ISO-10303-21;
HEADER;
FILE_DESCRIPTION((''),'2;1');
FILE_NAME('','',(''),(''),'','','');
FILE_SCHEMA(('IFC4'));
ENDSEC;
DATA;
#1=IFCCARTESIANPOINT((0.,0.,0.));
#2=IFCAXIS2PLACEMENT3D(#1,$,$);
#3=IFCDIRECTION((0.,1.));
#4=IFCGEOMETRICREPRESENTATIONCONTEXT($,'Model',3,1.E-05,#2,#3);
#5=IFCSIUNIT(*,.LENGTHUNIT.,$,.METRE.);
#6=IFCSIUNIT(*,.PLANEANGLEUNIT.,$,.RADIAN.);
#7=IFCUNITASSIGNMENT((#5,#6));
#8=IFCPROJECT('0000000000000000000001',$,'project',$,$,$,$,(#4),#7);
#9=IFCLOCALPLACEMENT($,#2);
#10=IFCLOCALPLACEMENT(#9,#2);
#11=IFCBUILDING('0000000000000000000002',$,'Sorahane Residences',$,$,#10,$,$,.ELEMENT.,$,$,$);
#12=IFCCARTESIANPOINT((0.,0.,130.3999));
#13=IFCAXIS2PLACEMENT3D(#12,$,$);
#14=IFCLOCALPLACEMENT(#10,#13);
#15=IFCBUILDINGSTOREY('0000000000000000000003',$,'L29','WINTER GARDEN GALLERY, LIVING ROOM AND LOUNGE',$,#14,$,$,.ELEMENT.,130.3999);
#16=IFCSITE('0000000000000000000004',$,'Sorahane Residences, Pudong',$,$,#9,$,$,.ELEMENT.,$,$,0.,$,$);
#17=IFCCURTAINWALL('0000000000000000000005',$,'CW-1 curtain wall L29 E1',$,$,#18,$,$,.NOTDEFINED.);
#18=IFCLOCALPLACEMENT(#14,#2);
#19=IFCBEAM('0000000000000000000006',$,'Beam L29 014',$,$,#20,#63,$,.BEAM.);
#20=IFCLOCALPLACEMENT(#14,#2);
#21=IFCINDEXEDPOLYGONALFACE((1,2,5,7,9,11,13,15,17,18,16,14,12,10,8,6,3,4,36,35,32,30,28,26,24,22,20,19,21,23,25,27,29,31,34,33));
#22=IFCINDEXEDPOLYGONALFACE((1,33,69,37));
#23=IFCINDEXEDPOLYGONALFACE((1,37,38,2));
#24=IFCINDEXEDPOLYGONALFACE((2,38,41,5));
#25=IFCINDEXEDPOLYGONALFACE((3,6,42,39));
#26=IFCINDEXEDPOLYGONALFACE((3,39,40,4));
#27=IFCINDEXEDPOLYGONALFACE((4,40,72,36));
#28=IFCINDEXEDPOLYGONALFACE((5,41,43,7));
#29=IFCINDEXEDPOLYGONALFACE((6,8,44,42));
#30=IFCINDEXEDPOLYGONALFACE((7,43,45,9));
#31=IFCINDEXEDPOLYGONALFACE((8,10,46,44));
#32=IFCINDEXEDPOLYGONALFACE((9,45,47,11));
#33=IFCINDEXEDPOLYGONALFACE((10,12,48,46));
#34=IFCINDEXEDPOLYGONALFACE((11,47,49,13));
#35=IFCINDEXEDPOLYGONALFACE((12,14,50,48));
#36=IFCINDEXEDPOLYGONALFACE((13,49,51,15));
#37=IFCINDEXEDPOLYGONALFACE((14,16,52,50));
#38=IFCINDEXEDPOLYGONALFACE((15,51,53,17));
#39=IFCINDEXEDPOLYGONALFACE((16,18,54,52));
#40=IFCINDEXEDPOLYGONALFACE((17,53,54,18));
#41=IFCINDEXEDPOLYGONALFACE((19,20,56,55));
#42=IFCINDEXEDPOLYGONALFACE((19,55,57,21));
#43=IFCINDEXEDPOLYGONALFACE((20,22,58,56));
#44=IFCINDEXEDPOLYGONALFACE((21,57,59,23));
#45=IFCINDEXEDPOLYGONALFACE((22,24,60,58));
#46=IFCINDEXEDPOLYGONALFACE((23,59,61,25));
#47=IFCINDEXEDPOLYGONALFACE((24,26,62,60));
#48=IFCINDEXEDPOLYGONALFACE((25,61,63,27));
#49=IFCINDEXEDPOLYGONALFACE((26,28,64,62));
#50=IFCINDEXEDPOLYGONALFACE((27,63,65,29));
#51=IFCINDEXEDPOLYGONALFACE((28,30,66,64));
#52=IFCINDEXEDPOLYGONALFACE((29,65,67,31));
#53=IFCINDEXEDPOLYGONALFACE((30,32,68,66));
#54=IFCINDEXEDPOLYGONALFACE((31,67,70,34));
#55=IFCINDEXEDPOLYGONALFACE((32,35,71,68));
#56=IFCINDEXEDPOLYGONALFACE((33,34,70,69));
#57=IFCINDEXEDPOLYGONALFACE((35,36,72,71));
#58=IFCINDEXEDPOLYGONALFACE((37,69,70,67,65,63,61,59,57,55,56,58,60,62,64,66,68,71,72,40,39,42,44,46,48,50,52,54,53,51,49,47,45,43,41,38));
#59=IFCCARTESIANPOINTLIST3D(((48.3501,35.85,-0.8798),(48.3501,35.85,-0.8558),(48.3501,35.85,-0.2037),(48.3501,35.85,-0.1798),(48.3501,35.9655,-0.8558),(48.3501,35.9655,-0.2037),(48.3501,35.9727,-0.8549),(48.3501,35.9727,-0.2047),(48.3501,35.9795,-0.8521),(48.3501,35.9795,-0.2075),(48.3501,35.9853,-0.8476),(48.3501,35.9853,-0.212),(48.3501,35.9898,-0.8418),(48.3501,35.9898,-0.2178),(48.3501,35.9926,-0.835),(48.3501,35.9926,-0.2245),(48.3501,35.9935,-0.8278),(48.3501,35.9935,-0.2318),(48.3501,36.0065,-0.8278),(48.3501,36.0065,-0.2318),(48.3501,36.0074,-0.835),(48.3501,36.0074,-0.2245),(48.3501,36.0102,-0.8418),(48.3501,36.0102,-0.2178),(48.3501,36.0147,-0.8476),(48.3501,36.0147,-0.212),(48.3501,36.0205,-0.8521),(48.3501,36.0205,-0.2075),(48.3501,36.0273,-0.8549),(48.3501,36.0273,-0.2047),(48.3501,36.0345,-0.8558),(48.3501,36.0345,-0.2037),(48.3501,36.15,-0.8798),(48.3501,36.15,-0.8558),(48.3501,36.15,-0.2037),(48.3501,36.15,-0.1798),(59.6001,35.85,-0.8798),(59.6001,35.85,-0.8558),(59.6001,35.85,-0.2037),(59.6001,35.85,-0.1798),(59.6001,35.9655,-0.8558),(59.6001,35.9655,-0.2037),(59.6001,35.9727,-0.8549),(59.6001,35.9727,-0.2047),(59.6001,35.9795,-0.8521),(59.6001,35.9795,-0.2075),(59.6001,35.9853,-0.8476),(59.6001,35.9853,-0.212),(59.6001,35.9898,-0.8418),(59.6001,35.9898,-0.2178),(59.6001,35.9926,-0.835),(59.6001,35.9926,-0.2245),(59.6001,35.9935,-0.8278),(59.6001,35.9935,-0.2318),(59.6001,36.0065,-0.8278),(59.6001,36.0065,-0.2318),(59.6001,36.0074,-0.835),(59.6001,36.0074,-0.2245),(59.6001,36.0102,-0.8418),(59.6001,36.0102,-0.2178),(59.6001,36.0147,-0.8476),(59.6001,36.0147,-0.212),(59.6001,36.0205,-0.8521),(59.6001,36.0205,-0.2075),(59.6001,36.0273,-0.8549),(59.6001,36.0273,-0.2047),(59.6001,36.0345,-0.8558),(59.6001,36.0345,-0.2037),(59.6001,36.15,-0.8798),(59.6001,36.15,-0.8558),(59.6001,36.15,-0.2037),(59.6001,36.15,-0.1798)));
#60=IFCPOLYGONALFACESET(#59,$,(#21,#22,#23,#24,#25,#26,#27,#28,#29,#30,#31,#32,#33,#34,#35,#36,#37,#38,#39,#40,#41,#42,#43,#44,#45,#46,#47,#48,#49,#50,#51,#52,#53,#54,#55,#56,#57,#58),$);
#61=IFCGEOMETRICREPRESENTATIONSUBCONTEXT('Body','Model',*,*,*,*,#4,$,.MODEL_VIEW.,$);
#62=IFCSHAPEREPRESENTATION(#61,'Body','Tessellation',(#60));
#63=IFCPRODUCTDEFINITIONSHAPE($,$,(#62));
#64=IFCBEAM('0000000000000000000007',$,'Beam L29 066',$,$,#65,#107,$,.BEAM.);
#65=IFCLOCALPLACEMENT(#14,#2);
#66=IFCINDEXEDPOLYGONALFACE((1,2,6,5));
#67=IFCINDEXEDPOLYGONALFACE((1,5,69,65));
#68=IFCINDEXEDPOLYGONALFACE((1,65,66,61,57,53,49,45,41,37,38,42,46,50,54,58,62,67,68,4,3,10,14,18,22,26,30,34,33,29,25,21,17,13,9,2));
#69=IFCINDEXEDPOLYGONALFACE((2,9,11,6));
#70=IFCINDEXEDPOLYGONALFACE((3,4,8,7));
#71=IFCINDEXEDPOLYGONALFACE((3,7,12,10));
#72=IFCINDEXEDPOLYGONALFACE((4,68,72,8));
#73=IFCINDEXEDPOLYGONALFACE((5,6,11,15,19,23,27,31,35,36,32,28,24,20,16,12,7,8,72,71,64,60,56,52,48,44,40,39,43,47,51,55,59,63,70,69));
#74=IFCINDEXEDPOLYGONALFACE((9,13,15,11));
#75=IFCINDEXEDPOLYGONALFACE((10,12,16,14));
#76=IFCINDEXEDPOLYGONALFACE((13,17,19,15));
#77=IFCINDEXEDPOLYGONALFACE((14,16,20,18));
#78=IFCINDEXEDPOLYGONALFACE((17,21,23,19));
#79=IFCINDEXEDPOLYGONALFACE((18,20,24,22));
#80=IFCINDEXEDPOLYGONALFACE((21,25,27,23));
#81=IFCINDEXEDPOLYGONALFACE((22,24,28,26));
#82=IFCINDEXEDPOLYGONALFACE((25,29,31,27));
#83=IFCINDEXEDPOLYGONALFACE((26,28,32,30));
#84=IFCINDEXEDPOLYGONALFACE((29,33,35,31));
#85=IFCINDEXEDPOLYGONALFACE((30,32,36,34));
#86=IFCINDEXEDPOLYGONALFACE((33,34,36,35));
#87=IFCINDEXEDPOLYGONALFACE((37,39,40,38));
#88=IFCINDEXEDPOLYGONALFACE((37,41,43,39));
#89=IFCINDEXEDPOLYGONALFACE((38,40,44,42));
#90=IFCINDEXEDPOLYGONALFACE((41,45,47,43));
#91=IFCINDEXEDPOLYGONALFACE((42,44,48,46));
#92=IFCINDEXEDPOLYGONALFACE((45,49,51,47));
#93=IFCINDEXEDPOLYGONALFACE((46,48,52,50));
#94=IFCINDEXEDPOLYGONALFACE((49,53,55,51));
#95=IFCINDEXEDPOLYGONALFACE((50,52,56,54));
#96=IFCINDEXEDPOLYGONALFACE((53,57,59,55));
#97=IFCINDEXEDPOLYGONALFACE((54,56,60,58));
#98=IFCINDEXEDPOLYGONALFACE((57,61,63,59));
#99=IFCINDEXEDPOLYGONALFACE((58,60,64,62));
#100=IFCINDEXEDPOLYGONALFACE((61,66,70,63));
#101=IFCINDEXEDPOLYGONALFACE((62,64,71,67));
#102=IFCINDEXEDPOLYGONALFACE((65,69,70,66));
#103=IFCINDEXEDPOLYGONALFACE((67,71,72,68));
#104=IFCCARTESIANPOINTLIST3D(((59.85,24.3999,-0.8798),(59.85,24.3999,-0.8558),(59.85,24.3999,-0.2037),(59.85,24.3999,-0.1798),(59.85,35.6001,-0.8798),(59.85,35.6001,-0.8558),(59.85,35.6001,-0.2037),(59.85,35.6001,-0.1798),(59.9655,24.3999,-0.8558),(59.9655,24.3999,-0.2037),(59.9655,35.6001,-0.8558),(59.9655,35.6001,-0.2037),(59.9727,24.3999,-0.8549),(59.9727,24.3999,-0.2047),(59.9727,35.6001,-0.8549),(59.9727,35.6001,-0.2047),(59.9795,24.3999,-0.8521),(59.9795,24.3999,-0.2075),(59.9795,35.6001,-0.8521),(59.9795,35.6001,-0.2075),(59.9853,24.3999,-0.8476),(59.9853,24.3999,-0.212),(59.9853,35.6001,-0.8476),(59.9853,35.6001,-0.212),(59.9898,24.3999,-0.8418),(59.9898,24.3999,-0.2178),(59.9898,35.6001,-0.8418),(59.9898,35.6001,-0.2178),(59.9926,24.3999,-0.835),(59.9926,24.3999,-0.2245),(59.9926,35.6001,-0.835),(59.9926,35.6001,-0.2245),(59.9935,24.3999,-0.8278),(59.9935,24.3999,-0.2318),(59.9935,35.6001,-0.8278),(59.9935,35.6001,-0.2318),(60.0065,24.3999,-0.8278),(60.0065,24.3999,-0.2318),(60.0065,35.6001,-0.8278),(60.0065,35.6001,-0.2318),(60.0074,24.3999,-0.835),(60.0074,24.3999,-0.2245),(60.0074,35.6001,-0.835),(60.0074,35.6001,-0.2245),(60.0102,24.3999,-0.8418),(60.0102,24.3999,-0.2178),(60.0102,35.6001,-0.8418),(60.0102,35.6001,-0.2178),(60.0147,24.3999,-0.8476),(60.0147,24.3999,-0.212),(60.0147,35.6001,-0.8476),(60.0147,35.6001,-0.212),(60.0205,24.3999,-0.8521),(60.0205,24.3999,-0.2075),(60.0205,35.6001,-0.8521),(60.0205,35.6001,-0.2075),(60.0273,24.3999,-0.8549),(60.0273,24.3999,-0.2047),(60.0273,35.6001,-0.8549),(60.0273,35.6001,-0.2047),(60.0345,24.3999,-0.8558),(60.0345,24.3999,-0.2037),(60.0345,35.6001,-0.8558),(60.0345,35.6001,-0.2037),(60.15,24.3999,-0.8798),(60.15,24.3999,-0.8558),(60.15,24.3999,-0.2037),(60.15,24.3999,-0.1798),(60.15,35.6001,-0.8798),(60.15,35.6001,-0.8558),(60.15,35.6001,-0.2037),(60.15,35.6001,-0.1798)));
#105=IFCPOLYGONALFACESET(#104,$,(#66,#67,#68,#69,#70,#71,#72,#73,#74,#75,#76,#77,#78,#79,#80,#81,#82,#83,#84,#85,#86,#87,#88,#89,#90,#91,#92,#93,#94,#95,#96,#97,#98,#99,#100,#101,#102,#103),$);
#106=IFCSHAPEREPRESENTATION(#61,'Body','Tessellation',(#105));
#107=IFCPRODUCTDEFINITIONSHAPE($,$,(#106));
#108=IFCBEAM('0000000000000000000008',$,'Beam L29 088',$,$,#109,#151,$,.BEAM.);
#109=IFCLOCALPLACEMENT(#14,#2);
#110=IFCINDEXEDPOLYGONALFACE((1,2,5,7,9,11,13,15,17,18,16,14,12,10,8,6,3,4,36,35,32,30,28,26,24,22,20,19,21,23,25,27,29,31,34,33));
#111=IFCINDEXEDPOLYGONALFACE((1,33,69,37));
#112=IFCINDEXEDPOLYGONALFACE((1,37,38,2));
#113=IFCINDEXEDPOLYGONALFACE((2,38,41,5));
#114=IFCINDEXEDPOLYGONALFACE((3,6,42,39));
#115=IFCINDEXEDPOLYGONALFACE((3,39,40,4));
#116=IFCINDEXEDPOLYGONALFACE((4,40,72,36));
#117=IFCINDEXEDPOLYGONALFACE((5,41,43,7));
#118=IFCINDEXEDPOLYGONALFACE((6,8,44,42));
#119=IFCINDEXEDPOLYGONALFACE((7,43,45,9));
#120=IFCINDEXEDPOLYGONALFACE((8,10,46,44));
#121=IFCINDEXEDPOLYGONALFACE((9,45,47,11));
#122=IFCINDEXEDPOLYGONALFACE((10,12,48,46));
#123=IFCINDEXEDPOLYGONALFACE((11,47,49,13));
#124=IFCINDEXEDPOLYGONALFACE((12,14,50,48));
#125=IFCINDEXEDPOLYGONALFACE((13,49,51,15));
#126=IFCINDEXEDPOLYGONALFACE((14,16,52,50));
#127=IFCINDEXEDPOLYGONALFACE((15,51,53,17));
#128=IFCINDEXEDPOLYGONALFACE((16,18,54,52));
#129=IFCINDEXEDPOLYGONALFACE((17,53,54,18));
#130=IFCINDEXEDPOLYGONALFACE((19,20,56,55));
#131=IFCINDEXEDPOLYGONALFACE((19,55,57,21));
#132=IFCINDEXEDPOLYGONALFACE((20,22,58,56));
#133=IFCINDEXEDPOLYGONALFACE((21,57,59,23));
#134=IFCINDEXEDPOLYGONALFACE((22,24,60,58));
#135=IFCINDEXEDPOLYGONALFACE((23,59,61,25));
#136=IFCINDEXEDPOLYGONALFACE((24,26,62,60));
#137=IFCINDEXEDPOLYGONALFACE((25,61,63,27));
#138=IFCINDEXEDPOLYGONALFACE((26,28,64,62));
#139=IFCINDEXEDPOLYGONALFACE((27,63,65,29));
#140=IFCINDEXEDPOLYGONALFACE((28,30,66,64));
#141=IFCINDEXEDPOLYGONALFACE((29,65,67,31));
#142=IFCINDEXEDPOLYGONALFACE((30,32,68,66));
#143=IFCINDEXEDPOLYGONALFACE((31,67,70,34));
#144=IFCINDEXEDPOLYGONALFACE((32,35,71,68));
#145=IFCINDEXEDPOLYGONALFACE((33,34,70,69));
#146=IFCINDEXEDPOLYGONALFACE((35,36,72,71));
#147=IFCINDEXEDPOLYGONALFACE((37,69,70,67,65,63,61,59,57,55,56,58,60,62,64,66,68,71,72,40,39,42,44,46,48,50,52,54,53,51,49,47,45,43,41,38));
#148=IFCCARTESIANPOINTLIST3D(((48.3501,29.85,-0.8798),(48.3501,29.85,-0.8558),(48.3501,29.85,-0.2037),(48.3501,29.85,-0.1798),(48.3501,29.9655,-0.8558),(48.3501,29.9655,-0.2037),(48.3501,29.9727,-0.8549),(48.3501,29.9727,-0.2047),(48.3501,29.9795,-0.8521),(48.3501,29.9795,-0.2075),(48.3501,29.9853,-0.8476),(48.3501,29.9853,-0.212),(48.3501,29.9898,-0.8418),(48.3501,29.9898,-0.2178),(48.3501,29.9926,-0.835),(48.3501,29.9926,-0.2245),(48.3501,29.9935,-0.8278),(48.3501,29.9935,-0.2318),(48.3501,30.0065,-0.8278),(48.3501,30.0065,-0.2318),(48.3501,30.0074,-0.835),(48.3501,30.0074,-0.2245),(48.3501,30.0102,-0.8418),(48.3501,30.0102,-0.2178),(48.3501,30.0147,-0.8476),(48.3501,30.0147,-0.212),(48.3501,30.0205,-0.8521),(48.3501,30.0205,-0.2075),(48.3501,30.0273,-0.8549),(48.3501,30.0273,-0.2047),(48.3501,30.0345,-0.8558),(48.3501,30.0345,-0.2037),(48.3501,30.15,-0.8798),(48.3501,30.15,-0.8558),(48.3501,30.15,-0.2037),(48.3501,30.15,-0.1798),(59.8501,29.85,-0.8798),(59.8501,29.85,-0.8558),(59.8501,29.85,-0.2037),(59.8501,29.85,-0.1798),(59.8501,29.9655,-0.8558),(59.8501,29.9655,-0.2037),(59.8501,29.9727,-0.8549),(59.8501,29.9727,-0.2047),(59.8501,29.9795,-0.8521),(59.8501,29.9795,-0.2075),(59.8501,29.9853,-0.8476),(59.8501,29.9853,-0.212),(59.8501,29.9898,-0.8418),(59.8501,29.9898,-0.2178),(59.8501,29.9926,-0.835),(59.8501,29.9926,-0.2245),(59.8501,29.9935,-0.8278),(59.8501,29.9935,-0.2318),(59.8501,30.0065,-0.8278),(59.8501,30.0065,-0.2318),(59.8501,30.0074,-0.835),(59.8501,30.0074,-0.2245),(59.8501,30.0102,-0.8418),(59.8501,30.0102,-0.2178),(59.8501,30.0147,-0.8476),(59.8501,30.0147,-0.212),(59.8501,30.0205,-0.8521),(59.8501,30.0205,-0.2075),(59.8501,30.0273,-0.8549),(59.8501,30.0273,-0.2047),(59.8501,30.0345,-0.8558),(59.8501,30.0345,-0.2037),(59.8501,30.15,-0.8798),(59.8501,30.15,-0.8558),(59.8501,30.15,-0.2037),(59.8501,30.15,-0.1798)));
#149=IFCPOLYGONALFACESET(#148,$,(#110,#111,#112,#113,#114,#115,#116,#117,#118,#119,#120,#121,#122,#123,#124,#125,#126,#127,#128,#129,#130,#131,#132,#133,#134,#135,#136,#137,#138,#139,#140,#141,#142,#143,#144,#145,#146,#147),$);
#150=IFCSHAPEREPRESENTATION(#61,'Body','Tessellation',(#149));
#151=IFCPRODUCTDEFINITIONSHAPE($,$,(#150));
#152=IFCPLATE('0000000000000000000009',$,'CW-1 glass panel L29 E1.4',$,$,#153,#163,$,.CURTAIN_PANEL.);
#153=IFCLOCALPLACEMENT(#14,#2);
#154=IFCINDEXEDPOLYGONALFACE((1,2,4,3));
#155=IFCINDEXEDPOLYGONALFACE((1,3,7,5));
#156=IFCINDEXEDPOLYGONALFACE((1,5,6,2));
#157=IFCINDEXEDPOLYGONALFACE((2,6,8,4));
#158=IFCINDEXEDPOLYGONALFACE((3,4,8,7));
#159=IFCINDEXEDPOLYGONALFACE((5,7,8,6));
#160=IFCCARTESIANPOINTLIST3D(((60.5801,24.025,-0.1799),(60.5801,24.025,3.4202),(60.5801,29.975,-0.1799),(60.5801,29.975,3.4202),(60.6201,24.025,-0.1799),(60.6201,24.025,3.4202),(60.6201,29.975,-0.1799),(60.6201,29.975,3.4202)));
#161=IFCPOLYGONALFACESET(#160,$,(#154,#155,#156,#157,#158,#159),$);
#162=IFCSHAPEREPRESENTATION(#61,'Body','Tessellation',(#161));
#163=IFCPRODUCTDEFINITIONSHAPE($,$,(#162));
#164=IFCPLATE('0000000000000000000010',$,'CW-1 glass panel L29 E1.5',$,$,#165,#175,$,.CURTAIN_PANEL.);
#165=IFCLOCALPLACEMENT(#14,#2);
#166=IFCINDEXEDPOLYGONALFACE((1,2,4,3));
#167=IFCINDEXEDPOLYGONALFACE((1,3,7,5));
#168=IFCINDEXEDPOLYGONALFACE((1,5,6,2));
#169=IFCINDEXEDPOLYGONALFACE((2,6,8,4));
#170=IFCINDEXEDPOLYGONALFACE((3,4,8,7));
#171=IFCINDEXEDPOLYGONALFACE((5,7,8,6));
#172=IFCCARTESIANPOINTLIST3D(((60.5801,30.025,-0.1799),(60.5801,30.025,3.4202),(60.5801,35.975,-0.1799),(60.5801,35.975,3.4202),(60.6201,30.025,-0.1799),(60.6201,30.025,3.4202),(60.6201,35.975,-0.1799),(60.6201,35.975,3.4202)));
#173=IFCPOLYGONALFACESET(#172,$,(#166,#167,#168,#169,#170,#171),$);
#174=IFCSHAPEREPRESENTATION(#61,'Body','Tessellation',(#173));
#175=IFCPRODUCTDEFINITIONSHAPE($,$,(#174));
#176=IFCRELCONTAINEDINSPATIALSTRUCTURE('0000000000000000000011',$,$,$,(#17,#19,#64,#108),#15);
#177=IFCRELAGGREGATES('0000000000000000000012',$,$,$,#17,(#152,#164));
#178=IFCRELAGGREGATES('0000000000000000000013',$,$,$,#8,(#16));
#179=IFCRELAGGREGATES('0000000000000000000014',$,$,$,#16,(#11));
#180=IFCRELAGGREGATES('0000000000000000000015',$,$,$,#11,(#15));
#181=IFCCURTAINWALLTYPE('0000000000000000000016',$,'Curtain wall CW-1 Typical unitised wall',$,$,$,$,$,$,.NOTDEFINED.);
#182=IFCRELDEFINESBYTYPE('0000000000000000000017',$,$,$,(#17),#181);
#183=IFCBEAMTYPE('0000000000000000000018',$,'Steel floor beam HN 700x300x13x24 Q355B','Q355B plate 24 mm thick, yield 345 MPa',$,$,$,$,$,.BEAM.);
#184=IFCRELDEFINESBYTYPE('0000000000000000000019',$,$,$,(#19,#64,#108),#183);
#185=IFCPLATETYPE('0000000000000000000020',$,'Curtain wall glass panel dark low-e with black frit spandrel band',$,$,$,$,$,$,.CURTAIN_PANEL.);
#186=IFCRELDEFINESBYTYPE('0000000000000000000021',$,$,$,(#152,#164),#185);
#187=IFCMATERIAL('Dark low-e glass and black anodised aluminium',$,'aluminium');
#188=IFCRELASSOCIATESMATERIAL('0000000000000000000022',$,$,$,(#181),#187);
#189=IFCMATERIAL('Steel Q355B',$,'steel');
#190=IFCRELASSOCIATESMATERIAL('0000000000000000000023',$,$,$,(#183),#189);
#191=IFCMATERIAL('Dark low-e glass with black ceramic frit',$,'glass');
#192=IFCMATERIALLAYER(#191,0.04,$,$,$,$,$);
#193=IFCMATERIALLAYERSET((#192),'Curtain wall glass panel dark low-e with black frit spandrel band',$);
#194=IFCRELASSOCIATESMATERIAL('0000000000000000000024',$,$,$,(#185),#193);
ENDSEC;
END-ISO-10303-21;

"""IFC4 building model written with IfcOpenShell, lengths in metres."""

from ifc_helpers import new_model, si_unit, direction, frame, origin, origin_2d, place, context, subcontext, project, spatial, rectangle, i_section, extrude, material, layer, layer_set, material_profile, profile_set, type_object, element, aggregate, save


model = new_model("IFC4")

# Units and contexts
model_context = context("Model", 3, precision=1e-05, world=origin(), true_north=direction((0.0, 1.0)))
body_context = subcontext(model_context, "Body", "Model", "MODEL_VIEW")
ifc_project = project(units=[si_unit("LENGTHUNIT", "METRE"), si_unit("PLANEANGLEUNIT", "RADIAN")], contexts=[model_context])

# Site, building, storey
site_placement = place(None, origin())
site = spatial("IfcSite", under=ifc_project, at=site_placement, Name="Sorahane Residences, Pudong", CompositionType="ELEMENT", RefElevation=0.0)
building_placement = place(site_placement, origin())
building = spatial("IfcBuilding", under=site, at=building_placement, Name="Sorahane Residences", CompositionType="ELEMENT")
storey_placement = place(building_placement, frame((0.0, 0.0, 130.3999)))
storey = spatial("IfcBuildingStorey", under=building, at=storey_placement, Name="L29", Description="WINTER GARDEN GALLERY, LIVING ROOM AND LOUNGE", CompositionType="ELEMENT", Elevation=130.3999)

# Curtain wall
ifc_material_1 = material(Name="Dark low-e glass and black anodised aluminium", Category="aluminium")
curtain_wall_type = type_object("IfcCurtainWallType", Name="Curtain wall CW-1 Typical unitised wall", PredefinedType="NOTDEFINED", material=ifc_material_1)
curtain_wall_placement = place(storey_placement, origin())
curtain_wall = element("IfcCurtainWall", 1, at=curtain_wall_placement, inside=storey, type_object=curtain_wall_type, Name="CW-1 curtain wall L29 E1", PredefinedType="NOTDEFINED")

# Beams
ifc_material_2 = material(Name="Steel Q355B", Category="steel")
ifc_material_profile_1 = material_profile(ifc_material_2, i_section(OverallWidth=0.3, OverallDepth=0.7, WebThickness=0.0129, FlangeThickness=0.0239, FilletRadius=0.0281, at=origin_2d()), Name="HN 700x300x13x24")
ifc_profile_set_1 = profile_set([ifc_material_profile_1], Name="Steel Q355B")
beam_type_1 = type_object("IfcBeamType", Name="Steel floor beam HN 700x300x13x24 Q355B", Description="Q355B plate 24 mm thick, yield 345 MPa", PredefinedType="BEAM", material=ifc_profile_set_1)
beam_1_placement = place(storey_placement, frame((48.3501, 36.0, -0.5298), z_axis=(1.0, 0.0, 0.0), x_axis=(0.0, 1.0, 0.0)))
element("IfcBeam", 2, at=beam_1_placement, inside=storey, type_object=beam_type_1, Name="Beam L29 014", PredefinedType="BEAM", context=body_context, shape_type="SweptSolid", body=[
    extrude(i_section(OverallWidth=0.3, OverallDepth=0.7, WebThickness=0.0129, FlangeThickness=0.0239, FilletRadius=0.0281, at=origin_2d()), origin(), (0.0, 0.0, 1.0), 11.25),
])
beam_2_placement = place(storey_placement, frame((60.0, 24.3999, -0.5298), z_axis=(0.0, 1.0, 0.0), x_axis=(-1.0, 0.0, 0.0)))
element("IfcBeam", 3, at=beam_2_placement, inside=storey, type_object=beam_type_1, Name="Beam L29 066", PredefinedType="BEAM", context=body_context, shape_type="SweptSolid", body=[
    extrude(i_section(OverallWidth=0.3, OverallDepth=0.7, WebThickness=0.0129, FlangeThickness=0.0239, FilletRadius=0.0281, at=origin_2d()), origin(), (0.0, 0.0, 1.0), 11.2002),
])
beam_3_placement = place(storey_placement, frame((48.3501, 30.0, -0.5298), z_axis=(1.0, 0.0, 0.0), x_axis=(0.0, 1.0, 0.0)))
element("IfcBeam", 4, at=beam_3_placement, inside=storey, type_object=beam_type_1, Name="Beam L29 088", PredefinedType="BEAM", context=body_context, shape_type="SweptSolid", body=[
    extrude(i_section(OverallWidth=0.3, OverallDepth=0.7, WebThickness=0.0129, FlangeThickness=0.0239, FilletRadius=0.0281, at=origin_2d()), origin(), (0.0, 0.0, 1.0), 11.5),
])

# Plates
ifc_material_3 = material(Name="Dark low-e glass with black ceramic frit", Category="glass")
ifc_layer_1 = layer(ifc_material_3, 0.04)
ifc_layer_set_1 = layer_set([ifc_layer_1], Name="Curtain wall glass panel dark low-e with black frit spandrel band")
plate_type = type_object("IfcPlateType", Name="Curtain wall glass panel dark low-e with black frit spandrel band", PredefinedType="CURTAIN_PANEL", material=ifc_layer_set_1)
plate_1_placement = place(storey_placement, frame((60.6001, 27.0, -0.1799), z_axis=(0.0, 0.0, 1.0), x_axis=(0.0, 1.0, 0.0)))
plate_1 = element("IfcPlate", 5, at=plate_1_placement, type_object=plate_type, Name="CW-1 glass panel L29 E1.4", PredefinedType="CURTAIN_PANEL", context=body_context, shape_type="SweptSolid", body=[
    extrude(rectangle(XDim=5.95, YDim=0.04, at=origin_2d()), origin(), (0.0, 0.0, 1.0), 3.6001),
])
plate_2_placement = place(storey_placement, frame((60.6001, 33.0, -0.1799), z_axis=(0.0, 0.0, 1.0), x_axis=(0.0, 1.0, 0.0)))
plate_2 = element("IfcPlate", 6, at=plate_2_placement, type_object=plate_type, Name="CW-1 glass panel L29 E1.5", PredefinedType="CURTAIN_PANEL", context=body_context, shape_type="SweptSolid", body=[
    extrude(rectangle(XDim=5.95, YDim=0.04, at=origin_2d()), origin(), (0.0, 0.0, 1.0), 3.6001),
])
aggregate(curtain_wall, [plate_1, plate_2])

save(model, "model.ifc")
